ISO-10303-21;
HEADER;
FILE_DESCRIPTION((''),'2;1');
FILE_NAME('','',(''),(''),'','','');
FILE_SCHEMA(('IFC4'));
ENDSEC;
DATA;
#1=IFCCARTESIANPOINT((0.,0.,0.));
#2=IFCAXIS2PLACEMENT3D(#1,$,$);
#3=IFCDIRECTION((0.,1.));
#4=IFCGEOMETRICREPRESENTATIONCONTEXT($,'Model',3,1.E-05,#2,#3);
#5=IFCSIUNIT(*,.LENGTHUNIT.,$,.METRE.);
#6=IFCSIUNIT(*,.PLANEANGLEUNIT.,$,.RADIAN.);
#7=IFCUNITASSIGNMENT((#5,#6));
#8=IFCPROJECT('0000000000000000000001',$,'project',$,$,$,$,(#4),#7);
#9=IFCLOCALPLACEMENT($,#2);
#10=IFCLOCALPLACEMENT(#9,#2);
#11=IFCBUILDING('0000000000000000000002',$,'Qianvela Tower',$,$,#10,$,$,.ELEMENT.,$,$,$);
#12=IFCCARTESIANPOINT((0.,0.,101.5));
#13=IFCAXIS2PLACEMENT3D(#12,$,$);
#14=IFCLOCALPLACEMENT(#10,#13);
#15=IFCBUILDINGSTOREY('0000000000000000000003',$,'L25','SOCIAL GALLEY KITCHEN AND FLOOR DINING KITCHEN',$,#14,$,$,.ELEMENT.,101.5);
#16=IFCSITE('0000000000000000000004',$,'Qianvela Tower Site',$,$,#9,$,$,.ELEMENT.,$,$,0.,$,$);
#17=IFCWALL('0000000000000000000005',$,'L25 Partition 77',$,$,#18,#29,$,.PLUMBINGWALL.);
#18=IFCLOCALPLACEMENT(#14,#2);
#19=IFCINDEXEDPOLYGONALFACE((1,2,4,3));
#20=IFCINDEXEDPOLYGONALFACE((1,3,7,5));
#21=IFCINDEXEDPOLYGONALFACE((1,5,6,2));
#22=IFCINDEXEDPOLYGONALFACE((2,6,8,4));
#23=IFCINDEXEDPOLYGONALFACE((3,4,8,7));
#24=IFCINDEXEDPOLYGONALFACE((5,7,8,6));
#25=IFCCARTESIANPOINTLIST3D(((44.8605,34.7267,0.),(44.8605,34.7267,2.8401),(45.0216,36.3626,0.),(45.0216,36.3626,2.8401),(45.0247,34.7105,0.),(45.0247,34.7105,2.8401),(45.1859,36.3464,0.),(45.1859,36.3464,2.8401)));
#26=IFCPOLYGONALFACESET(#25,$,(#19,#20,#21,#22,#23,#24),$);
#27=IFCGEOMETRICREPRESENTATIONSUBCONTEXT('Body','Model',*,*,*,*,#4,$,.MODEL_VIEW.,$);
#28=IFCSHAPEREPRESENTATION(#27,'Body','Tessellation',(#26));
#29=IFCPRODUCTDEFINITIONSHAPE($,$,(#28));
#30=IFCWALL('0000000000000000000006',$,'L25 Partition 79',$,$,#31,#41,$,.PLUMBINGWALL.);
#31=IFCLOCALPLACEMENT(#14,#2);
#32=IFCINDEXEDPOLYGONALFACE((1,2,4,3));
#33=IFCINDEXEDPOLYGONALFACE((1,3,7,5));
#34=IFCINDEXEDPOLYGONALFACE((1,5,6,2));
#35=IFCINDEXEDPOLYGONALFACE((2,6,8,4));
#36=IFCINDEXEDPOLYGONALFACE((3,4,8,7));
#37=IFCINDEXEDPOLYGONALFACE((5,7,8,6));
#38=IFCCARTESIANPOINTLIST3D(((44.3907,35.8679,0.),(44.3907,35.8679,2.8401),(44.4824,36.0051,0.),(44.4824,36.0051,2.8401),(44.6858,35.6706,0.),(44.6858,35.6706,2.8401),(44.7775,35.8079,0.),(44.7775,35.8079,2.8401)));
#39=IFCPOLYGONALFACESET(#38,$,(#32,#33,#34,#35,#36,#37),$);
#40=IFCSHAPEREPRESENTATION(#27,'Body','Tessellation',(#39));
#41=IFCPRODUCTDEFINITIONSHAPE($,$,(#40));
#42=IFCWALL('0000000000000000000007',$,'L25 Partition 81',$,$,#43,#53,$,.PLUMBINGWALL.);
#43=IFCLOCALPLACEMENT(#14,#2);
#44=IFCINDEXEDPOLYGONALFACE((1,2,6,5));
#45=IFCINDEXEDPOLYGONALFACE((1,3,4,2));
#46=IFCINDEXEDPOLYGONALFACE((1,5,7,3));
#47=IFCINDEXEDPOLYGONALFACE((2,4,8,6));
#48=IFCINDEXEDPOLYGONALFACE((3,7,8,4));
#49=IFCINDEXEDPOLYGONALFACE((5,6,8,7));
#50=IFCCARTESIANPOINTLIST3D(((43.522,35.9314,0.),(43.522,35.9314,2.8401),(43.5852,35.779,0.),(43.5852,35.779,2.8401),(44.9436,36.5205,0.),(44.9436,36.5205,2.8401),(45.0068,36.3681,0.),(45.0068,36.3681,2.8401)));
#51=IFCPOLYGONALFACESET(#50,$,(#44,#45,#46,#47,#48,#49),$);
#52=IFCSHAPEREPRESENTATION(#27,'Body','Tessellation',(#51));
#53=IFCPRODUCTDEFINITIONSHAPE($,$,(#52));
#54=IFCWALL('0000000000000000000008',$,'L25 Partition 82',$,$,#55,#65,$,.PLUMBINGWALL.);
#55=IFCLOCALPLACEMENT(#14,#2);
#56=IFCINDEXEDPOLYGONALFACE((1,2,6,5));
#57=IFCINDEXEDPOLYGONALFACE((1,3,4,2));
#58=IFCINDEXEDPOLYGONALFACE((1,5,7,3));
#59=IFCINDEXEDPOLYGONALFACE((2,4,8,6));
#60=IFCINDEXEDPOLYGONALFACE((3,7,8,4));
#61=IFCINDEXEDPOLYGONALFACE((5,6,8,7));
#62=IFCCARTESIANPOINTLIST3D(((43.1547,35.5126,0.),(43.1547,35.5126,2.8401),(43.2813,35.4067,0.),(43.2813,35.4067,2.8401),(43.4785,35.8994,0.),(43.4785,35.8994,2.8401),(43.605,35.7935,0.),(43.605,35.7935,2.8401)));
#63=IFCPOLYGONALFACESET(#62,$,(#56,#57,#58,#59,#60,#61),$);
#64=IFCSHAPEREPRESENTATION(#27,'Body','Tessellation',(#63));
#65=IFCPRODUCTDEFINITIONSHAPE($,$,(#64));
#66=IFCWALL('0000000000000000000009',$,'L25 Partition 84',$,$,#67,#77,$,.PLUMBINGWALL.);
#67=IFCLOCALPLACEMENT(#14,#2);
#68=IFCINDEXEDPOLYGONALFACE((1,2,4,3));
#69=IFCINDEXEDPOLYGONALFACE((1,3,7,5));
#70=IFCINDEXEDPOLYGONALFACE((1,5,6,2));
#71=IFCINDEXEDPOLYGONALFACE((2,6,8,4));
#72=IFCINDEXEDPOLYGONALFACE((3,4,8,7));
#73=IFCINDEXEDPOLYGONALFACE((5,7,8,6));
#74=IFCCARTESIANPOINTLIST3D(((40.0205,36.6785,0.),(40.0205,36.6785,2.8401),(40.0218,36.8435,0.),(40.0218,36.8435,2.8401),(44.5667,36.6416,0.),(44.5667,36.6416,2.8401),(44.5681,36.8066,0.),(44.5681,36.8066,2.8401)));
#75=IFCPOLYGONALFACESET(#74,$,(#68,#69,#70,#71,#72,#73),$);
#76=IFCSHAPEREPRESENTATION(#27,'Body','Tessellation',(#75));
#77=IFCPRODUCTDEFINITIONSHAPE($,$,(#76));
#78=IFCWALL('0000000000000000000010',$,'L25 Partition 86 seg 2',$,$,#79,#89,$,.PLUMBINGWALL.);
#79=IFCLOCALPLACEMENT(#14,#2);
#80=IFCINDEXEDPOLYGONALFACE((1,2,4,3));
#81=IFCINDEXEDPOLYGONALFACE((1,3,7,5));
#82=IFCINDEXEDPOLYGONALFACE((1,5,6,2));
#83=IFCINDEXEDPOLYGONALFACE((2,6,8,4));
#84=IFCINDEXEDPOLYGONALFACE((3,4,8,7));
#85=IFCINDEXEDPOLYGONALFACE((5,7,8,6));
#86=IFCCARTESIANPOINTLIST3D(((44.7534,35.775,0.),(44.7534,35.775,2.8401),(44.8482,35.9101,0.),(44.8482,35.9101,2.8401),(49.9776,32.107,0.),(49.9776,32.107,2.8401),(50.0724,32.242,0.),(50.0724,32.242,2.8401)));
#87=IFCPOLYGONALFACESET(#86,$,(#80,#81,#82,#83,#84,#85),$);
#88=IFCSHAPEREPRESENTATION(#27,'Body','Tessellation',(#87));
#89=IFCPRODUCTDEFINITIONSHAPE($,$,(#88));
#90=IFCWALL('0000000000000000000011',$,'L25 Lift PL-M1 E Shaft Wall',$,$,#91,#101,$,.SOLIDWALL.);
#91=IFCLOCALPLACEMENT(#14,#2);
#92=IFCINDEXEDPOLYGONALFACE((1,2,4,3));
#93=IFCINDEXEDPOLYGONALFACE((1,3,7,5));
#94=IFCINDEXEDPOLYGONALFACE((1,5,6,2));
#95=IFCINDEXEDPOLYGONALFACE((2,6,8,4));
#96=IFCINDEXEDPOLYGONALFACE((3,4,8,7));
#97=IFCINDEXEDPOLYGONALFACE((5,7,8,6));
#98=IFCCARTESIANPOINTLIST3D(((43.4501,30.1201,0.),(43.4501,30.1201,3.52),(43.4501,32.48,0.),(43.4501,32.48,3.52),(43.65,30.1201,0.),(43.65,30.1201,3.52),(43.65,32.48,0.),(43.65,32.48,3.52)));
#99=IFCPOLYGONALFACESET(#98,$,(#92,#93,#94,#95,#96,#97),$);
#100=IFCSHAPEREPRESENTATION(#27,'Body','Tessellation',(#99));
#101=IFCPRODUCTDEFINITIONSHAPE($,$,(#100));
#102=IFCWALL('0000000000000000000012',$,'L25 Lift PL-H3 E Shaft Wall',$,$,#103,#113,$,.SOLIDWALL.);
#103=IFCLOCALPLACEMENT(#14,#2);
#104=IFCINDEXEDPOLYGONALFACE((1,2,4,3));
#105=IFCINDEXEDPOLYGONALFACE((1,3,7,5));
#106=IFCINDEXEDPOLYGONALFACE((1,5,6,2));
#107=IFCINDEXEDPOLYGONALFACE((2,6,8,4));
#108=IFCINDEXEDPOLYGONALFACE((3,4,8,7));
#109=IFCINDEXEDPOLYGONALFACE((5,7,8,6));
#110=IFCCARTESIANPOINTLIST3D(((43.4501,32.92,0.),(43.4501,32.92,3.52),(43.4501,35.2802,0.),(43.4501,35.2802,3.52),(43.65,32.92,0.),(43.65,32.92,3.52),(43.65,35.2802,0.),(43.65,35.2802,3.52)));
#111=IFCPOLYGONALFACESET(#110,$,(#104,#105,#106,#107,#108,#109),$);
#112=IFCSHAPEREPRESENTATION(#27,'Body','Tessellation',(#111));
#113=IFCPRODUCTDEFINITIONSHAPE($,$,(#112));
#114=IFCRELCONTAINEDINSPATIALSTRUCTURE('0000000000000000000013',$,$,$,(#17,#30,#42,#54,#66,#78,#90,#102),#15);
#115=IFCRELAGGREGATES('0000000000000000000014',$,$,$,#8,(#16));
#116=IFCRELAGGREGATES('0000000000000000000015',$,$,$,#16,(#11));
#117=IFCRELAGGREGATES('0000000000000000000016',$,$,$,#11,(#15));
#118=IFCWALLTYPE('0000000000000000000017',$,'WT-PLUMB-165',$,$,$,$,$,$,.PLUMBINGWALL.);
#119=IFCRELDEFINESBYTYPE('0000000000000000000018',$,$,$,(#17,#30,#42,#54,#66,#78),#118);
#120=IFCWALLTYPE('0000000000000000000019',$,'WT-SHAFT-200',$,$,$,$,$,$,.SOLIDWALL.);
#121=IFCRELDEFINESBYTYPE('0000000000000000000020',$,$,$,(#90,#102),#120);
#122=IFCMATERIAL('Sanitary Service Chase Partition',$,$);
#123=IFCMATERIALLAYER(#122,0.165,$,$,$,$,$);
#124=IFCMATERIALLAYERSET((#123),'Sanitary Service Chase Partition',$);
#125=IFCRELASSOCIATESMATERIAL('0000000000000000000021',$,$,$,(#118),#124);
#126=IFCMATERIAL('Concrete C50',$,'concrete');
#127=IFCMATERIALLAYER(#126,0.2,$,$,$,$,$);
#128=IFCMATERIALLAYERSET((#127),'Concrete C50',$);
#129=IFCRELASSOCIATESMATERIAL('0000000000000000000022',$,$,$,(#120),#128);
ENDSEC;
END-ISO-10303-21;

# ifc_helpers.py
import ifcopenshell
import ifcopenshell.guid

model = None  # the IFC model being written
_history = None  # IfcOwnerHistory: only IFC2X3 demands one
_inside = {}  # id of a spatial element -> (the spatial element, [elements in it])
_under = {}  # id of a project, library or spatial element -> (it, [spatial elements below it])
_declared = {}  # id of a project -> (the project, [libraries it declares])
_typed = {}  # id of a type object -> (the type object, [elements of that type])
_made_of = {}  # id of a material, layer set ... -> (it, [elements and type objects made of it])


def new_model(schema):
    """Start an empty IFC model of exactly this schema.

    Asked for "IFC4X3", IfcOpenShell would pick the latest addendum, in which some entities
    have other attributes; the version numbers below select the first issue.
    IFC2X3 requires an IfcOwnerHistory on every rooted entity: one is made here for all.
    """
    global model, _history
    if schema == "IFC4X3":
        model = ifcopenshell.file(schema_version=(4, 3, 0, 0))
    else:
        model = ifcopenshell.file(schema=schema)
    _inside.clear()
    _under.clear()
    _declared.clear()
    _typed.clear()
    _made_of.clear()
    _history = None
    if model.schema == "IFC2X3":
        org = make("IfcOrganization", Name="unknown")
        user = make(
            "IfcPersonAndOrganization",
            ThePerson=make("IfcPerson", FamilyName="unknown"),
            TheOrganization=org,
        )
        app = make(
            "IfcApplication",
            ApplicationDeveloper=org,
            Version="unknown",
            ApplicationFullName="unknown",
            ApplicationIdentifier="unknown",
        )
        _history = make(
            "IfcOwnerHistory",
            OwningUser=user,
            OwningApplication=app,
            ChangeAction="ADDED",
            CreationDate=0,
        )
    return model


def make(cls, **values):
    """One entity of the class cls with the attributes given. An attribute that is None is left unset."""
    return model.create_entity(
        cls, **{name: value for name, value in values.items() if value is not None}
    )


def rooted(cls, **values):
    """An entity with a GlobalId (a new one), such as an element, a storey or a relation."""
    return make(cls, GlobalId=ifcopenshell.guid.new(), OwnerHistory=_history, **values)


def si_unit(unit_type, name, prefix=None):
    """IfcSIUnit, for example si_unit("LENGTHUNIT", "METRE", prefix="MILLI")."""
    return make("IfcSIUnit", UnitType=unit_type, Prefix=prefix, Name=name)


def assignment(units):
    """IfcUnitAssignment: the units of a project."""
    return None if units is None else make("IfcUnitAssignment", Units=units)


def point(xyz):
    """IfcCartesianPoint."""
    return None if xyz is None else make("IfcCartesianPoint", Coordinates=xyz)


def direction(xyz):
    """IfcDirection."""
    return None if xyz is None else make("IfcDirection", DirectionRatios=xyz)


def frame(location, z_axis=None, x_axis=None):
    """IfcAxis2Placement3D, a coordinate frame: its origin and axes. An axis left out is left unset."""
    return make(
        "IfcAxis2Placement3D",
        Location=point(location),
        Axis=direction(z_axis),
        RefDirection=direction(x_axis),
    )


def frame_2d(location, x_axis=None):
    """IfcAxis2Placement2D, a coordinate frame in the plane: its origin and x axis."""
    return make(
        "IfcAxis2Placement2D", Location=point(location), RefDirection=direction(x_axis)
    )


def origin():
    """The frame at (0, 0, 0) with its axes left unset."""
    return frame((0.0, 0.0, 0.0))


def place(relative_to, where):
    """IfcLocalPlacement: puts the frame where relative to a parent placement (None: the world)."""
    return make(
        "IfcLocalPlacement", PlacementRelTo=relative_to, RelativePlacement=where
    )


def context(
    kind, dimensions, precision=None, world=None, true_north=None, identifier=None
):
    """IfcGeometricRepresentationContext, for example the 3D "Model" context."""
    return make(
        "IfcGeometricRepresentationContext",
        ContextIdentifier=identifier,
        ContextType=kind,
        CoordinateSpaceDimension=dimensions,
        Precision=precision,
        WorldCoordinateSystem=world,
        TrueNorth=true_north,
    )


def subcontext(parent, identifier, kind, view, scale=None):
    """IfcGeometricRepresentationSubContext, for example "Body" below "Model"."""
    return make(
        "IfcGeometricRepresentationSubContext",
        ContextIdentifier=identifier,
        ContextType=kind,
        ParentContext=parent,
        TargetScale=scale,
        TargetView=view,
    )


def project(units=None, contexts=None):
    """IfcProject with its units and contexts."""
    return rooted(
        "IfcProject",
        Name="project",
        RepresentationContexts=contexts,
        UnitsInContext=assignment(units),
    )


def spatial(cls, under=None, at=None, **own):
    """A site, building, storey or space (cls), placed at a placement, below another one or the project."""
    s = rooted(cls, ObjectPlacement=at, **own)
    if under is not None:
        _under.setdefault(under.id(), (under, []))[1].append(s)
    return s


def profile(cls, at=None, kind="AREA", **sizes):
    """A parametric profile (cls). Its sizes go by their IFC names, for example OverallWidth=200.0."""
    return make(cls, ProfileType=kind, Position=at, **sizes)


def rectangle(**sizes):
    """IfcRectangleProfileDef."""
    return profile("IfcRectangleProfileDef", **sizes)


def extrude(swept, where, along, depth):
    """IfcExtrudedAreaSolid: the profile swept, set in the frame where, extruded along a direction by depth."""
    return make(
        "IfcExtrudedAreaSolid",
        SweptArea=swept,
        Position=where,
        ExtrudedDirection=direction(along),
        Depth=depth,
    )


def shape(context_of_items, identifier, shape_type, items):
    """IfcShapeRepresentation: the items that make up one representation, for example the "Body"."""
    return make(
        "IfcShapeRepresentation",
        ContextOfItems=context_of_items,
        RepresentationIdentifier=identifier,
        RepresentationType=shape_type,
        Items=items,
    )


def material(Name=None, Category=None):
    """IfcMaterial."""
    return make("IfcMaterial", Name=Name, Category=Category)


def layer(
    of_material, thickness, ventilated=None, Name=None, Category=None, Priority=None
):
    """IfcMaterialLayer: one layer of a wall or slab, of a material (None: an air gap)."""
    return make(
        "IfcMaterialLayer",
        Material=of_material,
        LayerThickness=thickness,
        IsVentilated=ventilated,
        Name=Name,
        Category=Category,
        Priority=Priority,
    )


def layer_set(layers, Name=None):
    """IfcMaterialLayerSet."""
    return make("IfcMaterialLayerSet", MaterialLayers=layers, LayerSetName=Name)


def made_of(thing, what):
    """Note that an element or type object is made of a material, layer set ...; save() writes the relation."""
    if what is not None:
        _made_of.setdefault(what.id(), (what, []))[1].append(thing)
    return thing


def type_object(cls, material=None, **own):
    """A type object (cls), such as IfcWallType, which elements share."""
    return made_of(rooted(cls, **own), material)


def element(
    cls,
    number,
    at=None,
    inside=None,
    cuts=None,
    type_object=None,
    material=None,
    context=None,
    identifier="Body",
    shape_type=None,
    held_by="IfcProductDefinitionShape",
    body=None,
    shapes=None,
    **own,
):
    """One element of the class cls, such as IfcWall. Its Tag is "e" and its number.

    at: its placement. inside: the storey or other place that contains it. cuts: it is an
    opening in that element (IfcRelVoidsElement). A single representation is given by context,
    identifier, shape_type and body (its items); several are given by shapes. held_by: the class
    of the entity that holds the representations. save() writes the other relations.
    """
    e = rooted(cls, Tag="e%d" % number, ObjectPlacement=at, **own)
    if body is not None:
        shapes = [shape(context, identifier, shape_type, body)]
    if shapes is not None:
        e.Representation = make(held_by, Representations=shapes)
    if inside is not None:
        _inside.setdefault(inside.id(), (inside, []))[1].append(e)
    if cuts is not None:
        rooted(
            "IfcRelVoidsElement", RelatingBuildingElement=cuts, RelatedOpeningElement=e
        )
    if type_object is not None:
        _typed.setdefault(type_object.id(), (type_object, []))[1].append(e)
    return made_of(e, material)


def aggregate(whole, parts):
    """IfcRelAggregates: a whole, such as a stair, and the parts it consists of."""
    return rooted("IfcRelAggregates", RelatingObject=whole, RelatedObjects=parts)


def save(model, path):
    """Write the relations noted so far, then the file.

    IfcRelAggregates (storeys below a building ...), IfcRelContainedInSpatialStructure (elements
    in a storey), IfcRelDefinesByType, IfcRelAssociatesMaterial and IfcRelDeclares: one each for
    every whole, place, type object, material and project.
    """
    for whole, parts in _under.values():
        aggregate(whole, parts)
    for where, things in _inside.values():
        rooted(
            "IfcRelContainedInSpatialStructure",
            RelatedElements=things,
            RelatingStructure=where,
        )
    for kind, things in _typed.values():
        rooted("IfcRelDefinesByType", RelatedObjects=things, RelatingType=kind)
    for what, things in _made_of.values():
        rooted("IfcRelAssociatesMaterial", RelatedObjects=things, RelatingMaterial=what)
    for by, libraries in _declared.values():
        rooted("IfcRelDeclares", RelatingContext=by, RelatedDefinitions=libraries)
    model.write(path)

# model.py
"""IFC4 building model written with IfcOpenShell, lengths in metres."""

from ifc_helpers import new_model, si_unit, direction, frame, frame_2d, origin, place, context, subcontext, project, spatial, rectangle, extrude, material, layer, layer_set, type_object, element, save


model = new_model("IFC4")

# Units and contexts
model_context = context("Model", 3, precision=1e-05, world=origin(), true_north=direction((0.0, 1.0)))
body_context = subcontext(model_context, "Body", "Model", "MODEL_VIEW")
ifc_project = project(units=[si_unit("LENGTHUNIT", "METRE"), si_unit("PLANEANGLEUNIT", "RADIAN")], contexts=[model_context])

# Site, building, storey
site_placement = place(None, origin())
site = spatial("IfcSite", under=ifc_project, at=site_placement, Name="Qianvela Tower Site", CompositionType="ELEMENT", RefElevation=0.0)
building_placement = place(site_placement, origin())
building = spatial("IfcBuilding", under=site, at=building_placement, Name="Qianvela Tower", CompositionType="ELEMENT")
storey_placement = place(building_placement, frame((0.0, 0.0, 101.5)))
storey = spatial("IfcBuildingStorey", under=building, at=storey_placement, Name="L25", Description="SOCIAL GALLEY KITCHEN AND FLOOR DINING KITCHEN", CompositionType="ELEMENT", Elevation=101.5)

# Shared definitions
ifc_material_1 = material(Name="Sanitary Service Chase Partition")
ifc_layer_1 = layer(ifc_material_1, 0.165)
ifc_layer_set_1 = layer_set([ifc_layer_1], Name="Sanitary Service Chase Partition")
wall_type_1 = type_object("IfcWallType", Name="WT-PLUMB-165", PredefinedType="PLUMBINGWALL", material=ifc_layer_set_1)

# Walls
wall_1_placement = place(storey_placement, frame((44.9426, 34.7188, 0.0), z_axis=(0.0, 0.0, 1.0), x_axis=(0.098018, 0.995185, 0.0)))
element("IfcWall", 1, at=wall_1_placement, inside=storey, type_object=wall_type_1, Name="L25 Partition 77", PredefinedType="PLUMBINGWALL", context=body_context, shape_type="SweptSolid", body=[
    extrude(rectangle(XDim=1.6438, YDim=0.165, at=frame_2d((0.8218, 0.0))), origin(), (0.0, 0.0, 1.0), 2.8401),
])
wall_2_placement = place(storey_placement, frame((44.7317, 35.7393, 0.0), z_axis=(0.0, 0.0, 1.0), x_axis=(-0.831415, 0.555652, 0.0)))
element("IfcWall", 2, at=wall_2_placement, inside=storey, type_object=wall_type_1, Name="L25 Partition 79", PredefinedType="PLUMBINGWALL", context=body_context, shape_type="SweptSolid", body=[
    extrude(rectangle(XDim=0.355, YDim=0.165, at=frame_2d((0.1775, 0.0))), origin(), (0.0, 0.0, 1.0), 2.8401),
])
wall_3_placement = place(storey_placement, frame((44.9753, 36.4443, 0.0), z_axis=(0.0, 0.0, 1.0), x_axis=(-0.923821, -0.382824, 0.0)))
element("IfcWall", 3, at=wall_3_placement, inside=storey, type_object=wall_type_1, Name="L25 Partition 81", PredefinedType="PLUMBINGWALL", context=body_context, shape_type="SweptSolid", body=[
    extrude(rectangle(XDim=1.5388, YDim=0.165, at=frame_2d((0.7695, 0.0))), origin(), (0.0, 0.0, 1.0), 2.8401),
])
wall_4_placement = place(storey_placement, frame((43.5417, 35.8464, 0.0), z_axis=(0.0, 0.0, 1.0), x_axis=(-0.641897, -0.766791, 0.0)))
element("IfcWall", 4, at=wall_4_placement, inside=storey, type_object=wall_type_1, Name="L25 Partition 82", PredefinedType="PLUMBINGWALL", context=body_context, shape_type="SweptSolid", body=[
    extrude(rectangle(XDim=0.5044, YDim=0.165, at=frame_2d((0.2522, 0.0))), origin(), (0.0, 0.0, 1.0), 2.8401),
])
wall_5_placement = place(storey_placement, frame((44.5674, 36.7241, 0.0), z_axis=(0.0, 0.0, 1.0), x_axis=(-0.999967, 0.008109, 0.0)))
element("IfcWall", 5, at=wall_5_placement, inside=storey, type_object=wall_type_1, Name="L25 Partition 84", PredefinedType="PLUMBINGWALL", context=body_context, shape_type="SweptSolid", body=[
    extrude(rectangle(XDim=4.5464, YDim=0.165, at=frame_2d((2.2732, 0.0))), origin(), (0.0, 0.0, 1.0), 2.8401),
])
wall_6_placement = place(storey_placement, frame((44.8008, 35.8425, 0.0), z_axis=(0.0, 0.0, 1.0), x_axis=(0.818415, -0.574627, 0.0)))
element("IfcWall", 6, at=wall_6_placement, inside=storey, type_object=wall_type_1, Name="L25 Partition 86 seg 2", PredefinedType="PLUMBINGWALL", context=body_context, shape_type="SweptSolid", body=[
    extrude(rectangle(XDim=6.3833, YDim=0.165, at=frame_2d((3.1917, 0.0))), origin(), (0.0, 0.0, 1.0), 2.8401),
])
ifc_material_2 = material(Name="Concrete C50", Category="concrete")
ifc_layer_2 = layer(ifc_material_2, 0.2)
ifc_layer_set_2 = layer_set([ifc_layer_2], Name="Concrete C50")
wall_type_2 = type_object("IfcWallType", Name="WT-SHAFT-200", PredefinedType="SOLIDWALL", material=ifc_layer_set_2)
wall_7_placement = place(storey_placement, frame((43.55, 30.1201, 0.0), z_axis=(0.0, 0.0, 1.0), x_axis=(0.0, 1.0, 0.0)))
element("IfcWall", 7, at=wall_7_placement, inside=storey, type_object=wall_type_2, Name="L25 Lift PL-M1 E Shaft Wall", PredefinedType="SOLIDWALL", context=body_context, shape_type="SweptSolid", body=[
    extrude(rectangle(XDim=2.3599, YDim=0.2, at=frame_2d((1.1799, 0.0))), origin(), (0.0, 0.0, 1.0), 3.52),
])
wall_8_placement = place(storey_placement, frame((43.55, 32.9199, 0.0), z_axis=(0.0, 0.0, 1.0), x_axis=(0.0, 1.0, 0.0)))
element("IfcWall", 8, at=wall_8_placement, inside=storey, type_object=wall_type_2, Name="L25 Lift PL-H3 E Shaft Wall", PredefinedType="SOLIDWALL", context=body_context, shape_type="SweptSolid", body=[
    extrude(rectangle(XDim=2.3601, YDim=0.2, at=frame_2d((1.1802, 0.0))), origin(), (0.0, 0.0, 1.0), 3.52),
])

save(model, "model.ifc")
